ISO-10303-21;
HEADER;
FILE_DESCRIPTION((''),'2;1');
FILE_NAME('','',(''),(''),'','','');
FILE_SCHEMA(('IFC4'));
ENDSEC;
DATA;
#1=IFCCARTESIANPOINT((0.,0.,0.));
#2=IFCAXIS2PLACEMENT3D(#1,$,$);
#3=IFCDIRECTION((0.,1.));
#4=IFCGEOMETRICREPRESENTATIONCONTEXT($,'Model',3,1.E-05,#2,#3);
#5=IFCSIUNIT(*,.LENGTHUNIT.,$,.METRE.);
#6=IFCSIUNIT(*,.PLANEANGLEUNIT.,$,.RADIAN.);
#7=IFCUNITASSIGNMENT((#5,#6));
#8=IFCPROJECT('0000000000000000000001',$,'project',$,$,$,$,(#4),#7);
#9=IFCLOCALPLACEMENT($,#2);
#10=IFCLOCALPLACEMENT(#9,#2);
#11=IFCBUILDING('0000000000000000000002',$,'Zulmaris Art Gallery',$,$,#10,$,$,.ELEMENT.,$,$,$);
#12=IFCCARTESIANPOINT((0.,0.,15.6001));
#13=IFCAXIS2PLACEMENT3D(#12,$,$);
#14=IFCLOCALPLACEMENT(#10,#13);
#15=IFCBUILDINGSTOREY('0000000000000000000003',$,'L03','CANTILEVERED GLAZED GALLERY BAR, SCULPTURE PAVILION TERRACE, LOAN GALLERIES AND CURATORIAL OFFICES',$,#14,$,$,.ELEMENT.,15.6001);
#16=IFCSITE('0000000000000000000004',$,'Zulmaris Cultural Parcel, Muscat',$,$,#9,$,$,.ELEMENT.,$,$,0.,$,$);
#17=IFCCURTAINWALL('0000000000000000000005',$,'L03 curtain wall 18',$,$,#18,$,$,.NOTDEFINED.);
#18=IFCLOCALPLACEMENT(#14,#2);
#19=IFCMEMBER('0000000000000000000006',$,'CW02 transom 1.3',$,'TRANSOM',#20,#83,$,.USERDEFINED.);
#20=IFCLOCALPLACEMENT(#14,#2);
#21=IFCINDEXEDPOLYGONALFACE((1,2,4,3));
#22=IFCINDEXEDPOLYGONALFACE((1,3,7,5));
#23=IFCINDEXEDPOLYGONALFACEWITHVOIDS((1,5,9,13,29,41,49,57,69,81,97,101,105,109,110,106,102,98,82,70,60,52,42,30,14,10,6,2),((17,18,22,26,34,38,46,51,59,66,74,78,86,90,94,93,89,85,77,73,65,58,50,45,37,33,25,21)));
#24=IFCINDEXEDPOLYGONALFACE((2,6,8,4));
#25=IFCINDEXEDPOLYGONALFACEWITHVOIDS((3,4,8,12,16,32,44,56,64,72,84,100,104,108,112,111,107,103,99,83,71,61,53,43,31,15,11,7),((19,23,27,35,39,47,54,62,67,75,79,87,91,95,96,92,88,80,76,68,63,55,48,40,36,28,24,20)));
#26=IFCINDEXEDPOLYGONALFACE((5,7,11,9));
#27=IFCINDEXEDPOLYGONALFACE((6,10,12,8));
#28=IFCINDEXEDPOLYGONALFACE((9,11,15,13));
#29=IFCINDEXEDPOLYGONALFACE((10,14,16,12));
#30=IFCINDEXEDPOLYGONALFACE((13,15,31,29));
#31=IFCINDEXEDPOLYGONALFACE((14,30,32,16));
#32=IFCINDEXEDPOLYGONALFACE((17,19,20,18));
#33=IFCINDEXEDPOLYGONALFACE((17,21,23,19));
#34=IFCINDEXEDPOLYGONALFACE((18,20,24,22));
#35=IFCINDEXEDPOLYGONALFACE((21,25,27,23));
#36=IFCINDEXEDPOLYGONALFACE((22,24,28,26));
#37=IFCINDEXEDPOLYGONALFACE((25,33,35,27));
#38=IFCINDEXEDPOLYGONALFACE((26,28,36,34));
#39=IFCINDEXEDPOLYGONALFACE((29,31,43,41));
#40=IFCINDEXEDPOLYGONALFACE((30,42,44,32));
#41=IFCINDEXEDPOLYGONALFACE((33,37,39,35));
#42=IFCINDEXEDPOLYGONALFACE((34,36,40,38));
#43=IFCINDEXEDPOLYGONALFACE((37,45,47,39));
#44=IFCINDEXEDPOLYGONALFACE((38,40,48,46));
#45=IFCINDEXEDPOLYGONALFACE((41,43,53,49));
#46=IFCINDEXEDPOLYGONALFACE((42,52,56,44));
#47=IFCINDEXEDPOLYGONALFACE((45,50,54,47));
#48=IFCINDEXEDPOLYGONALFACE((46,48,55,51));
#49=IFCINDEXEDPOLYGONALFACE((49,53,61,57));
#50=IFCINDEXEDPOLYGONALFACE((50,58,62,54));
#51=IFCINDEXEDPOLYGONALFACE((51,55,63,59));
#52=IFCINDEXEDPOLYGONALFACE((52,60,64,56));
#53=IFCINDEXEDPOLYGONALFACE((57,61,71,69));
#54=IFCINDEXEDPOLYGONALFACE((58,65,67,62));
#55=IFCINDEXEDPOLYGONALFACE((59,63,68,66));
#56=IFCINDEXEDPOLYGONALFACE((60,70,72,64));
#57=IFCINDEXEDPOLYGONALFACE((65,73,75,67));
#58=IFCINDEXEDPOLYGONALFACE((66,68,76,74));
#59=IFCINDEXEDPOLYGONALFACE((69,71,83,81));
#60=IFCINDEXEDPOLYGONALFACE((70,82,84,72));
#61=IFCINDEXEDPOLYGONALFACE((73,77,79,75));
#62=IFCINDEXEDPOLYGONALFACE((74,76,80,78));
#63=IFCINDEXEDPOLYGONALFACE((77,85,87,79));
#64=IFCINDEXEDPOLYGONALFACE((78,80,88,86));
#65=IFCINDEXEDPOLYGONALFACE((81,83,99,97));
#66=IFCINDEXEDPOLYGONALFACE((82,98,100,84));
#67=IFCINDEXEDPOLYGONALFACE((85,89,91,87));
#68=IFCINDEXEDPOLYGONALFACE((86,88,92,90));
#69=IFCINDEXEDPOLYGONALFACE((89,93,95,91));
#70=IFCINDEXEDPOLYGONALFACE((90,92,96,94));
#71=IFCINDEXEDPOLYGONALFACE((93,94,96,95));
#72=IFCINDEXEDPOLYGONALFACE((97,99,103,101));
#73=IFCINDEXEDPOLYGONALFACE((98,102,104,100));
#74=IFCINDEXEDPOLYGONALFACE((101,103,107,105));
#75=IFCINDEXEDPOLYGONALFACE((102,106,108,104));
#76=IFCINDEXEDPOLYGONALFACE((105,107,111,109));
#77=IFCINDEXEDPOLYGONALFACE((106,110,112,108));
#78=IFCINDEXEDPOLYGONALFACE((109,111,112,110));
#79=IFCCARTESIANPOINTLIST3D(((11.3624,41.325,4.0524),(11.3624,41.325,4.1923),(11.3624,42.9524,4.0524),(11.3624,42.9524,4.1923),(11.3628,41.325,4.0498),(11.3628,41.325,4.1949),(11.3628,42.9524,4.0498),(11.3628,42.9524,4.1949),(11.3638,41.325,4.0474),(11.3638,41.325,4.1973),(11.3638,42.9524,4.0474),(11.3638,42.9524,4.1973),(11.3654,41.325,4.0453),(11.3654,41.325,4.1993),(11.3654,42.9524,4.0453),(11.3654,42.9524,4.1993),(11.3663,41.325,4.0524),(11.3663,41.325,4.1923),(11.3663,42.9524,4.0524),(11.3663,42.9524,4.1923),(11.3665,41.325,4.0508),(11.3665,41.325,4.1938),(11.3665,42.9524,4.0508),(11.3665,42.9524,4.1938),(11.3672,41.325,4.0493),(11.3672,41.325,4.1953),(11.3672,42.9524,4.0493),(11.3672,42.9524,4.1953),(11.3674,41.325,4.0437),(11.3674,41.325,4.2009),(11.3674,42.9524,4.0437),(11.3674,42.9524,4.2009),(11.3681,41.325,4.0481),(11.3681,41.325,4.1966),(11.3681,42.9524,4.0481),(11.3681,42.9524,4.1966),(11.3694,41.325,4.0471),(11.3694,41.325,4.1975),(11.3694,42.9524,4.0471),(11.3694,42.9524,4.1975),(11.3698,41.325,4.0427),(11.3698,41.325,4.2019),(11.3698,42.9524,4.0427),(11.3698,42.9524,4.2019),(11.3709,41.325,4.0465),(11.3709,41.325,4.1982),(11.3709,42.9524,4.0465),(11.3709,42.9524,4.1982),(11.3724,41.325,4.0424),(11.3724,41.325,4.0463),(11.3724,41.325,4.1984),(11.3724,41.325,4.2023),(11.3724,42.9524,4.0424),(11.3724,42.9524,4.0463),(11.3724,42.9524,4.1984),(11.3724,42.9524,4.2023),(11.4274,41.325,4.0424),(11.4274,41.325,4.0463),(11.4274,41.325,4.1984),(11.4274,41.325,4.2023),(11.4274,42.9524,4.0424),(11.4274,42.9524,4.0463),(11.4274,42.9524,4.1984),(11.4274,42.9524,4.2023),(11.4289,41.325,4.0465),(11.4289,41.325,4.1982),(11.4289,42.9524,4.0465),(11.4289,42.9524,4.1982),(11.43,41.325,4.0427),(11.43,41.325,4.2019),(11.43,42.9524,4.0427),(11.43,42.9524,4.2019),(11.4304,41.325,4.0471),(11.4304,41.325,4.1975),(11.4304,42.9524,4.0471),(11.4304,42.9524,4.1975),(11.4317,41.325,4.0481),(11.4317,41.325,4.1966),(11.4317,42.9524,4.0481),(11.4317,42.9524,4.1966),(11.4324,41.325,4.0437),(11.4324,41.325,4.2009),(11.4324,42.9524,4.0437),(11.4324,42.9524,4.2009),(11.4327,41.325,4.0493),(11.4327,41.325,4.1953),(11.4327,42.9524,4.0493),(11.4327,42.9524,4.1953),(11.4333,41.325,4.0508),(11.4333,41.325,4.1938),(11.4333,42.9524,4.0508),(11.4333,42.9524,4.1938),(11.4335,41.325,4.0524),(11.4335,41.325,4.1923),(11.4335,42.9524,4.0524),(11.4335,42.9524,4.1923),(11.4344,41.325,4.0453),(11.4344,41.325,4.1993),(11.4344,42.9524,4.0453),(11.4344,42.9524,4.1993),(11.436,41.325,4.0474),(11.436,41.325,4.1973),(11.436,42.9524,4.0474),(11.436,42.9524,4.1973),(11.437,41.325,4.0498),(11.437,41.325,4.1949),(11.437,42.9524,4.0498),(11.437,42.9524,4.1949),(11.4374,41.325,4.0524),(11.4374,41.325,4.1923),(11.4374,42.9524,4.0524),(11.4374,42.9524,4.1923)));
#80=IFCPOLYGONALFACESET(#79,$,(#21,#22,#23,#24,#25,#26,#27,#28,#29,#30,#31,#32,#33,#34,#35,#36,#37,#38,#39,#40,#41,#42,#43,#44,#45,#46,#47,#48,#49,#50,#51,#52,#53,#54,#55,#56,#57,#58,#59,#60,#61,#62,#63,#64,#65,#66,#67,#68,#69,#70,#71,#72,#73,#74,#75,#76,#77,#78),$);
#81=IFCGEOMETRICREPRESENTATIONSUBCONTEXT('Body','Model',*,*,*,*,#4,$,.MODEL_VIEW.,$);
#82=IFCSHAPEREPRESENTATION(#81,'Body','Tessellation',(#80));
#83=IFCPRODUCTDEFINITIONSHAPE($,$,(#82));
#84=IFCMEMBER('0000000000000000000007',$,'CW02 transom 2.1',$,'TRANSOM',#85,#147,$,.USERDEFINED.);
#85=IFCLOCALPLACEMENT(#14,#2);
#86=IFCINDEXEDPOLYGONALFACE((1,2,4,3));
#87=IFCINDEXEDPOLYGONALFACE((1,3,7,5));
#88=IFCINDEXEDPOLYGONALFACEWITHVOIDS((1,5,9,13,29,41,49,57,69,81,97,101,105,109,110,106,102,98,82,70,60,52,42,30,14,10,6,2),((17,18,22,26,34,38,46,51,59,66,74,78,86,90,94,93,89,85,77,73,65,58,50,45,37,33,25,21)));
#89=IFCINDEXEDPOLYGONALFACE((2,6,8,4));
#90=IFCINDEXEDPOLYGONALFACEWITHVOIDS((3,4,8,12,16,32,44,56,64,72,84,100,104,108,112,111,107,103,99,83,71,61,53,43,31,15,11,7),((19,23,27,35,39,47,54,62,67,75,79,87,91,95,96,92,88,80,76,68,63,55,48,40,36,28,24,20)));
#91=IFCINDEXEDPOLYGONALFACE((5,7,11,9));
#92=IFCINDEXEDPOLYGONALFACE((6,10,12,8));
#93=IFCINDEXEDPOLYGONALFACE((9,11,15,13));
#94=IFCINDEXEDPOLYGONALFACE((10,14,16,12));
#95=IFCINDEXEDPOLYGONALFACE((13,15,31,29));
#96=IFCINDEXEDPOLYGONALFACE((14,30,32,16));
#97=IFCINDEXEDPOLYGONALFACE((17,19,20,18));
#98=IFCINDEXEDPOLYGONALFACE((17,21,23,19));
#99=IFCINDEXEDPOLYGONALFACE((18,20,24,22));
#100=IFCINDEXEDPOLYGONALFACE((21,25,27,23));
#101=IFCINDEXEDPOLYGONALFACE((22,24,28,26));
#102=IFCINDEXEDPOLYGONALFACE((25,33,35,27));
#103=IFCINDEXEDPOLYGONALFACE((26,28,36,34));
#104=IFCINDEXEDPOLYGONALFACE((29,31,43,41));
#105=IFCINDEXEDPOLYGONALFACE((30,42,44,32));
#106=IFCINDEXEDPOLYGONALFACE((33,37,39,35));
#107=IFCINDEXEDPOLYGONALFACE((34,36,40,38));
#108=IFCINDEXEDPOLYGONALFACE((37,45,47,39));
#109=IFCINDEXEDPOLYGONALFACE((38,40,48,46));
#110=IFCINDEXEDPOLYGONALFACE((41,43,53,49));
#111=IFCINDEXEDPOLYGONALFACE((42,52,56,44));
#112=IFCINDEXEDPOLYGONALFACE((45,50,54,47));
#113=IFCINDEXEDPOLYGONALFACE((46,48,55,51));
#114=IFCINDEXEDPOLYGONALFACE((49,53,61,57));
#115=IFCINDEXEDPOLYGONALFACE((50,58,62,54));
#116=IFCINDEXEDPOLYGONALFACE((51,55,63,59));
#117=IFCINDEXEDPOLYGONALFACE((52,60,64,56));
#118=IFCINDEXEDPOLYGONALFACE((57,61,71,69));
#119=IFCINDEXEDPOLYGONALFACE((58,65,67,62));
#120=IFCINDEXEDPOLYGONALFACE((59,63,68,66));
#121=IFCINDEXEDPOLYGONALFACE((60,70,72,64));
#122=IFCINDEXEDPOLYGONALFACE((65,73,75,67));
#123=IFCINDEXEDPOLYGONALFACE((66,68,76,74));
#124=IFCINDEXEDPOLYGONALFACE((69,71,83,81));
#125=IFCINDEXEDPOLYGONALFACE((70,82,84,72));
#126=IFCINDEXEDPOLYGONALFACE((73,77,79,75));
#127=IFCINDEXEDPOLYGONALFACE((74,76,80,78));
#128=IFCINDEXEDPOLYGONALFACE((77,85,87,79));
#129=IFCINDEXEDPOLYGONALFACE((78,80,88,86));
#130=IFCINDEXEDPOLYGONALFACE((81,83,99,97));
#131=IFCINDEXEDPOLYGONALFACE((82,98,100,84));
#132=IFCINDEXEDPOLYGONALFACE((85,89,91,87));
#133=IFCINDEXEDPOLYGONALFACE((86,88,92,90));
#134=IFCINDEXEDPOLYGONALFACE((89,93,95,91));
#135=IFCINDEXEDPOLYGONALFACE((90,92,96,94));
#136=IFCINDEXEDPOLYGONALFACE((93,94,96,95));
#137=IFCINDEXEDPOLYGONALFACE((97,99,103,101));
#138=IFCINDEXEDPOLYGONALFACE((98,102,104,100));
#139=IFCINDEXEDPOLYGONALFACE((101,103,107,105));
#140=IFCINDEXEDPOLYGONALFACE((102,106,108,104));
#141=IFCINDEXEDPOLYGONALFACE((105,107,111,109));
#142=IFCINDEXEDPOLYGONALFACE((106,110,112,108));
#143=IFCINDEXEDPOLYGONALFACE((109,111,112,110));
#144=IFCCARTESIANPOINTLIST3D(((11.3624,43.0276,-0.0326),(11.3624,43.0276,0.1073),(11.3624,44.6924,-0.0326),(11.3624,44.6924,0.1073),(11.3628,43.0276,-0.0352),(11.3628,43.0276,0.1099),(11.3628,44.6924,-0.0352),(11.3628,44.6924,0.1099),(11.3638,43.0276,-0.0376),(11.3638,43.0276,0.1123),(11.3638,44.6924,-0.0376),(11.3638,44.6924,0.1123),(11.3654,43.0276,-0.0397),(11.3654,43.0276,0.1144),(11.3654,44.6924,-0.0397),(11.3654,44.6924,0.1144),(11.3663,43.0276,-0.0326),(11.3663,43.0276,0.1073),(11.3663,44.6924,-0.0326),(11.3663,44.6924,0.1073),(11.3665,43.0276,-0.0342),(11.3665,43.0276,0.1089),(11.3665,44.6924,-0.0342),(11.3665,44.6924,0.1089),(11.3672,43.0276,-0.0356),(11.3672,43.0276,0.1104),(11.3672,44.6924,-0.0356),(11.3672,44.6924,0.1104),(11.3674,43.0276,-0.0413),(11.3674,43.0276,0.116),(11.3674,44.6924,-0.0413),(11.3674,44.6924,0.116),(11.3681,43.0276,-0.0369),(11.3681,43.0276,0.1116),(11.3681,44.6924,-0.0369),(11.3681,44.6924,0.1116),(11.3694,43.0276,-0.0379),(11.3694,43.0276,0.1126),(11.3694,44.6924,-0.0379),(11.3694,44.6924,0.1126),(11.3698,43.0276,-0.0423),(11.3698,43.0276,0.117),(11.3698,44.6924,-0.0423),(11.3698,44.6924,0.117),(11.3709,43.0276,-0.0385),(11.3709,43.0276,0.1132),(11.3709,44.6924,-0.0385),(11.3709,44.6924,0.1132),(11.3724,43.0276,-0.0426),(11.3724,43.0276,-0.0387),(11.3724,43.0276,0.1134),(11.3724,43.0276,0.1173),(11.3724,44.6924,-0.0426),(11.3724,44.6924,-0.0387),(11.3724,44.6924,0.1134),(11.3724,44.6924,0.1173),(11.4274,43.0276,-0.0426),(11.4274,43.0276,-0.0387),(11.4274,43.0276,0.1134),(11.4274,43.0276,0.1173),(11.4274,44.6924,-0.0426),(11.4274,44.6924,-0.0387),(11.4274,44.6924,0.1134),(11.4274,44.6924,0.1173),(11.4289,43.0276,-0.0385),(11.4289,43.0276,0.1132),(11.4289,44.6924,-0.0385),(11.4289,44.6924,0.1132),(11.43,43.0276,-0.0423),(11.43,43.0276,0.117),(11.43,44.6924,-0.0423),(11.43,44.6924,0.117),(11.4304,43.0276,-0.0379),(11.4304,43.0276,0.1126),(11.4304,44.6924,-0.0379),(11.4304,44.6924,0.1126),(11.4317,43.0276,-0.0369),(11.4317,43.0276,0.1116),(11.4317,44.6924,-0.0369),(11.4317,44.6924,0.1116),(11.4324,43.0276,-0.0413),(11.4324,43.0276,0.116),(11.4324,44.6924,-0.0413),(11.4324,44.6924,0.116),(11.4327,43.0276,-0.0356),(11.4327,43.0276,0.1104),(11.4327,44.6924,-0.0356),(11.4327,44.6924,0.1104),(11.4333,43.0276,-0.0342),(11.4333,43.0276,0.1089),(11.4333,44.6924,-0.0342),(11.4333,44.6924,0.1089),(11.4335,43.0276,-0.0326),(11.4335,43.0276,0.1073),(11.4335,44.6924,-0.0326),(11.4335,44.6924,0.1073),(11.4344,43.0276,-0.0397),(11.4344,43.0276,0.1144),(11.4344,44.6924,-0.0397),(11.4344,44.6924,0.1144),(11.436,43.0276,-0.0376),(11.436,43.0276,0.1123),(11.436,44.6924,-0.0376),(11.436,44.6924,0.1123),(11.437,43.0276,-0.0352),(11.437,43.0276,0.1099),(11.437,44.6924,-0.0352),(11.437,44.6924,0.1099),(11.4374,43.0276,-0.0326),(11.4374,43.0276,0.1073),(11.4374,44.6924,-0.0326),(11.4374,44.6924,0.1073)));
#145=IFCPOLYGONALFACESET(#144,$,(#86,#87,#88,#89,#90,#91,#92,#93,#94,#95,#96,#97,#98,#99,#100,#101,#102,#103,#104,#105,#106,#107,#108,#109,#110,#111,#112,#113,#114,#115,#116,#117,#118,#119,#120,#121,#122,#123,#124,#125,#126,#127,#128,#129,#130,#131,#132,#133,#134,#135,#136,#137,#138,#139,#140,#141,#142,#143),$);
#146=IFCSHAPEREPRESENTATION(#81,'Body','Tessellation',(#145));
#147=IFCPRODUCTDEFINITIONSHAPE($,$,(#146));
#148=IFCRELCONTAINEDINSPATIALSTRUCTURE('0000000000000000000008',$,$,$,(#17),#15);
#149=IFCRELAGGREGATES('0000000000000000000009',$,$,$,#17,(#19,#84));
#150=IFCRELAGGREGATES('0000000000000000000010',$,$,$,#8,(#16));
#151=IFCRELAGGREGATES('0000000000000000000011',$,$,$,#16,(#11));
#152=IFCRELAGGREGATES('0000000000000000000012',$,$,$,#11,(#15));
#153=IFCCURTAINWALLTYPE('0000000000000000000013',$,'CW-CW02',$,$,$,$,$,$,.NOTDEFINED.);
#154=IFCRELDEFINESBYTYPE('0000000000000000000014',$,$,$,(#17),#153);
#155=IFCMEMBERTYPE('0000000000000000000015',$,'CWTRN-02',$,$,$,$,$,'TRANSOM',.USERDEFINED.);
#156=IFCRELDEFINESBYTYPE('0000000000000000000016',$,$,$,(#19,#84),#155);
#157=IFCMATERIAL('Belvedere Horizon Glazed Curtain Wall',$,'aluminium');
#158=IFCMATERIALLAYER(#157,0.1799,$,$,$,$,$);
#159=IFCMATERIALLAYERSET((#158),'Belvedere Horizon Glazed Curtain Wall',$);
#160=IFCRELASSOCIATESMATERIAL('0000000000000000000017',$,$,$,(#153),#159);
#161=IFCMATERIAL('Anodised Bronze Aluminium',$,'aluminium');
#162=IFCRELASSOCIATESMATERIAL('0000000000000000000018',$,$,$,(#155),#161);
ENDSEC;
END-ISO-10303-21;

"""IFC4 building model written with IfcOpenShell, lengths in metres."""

from ifc_helpers import new_model, si_unit, direction, frame, origin, origin_2d, place, context, subcontext, project, spatial, hollow_rectangle, extrude, material, layer, layer_set, material_profile, profile_set, type_object, element, aggregate, save


model = new_model("IFC4")

# Units and contexts
model_context = context("Model", 3, precision=1e-05, world=origin(), true_north=direction((0.0, 1.0)))
body_context = subcontext(model_context, "Body", "Model", "MODEL_VIEW")
ifc_project = project(units=[si_unit("LENGTHUNIT", "METRE"), si_unit("PLANEANGLEUNIT", "RADIAN")], contexts=[model_context])

# Site, building, storey
site_placement = place(None, origin())
site = spatial("IfcSite", under=ifc_project, at=site_placement, Name="Zulmaris Cultural Parcel, Muscat", CompositionType="ELEMENT", RefElevation=0.0)
building_placement = place(site_placement, origin())
building = spatial("IfcBuilding", under=site, at=building_placement, Name="Zulmaris Art Gallery", CompositionType="ELEMENT")
storey_placement = place(building_placement, frame((0.0, 0.0, 15.6001)))
storey = spatial("IfcBuildingStorey", under=building, at=storey_placement, Name="L03", Description="CANTILEVERED GLAZED GALLERY BAR, SCULPTURE PAVILION TERRACE, LOAN GALLERIES AND CURATORIAL OFFICES", CompositionType="ELEMENT", Elevation=15.6001)

# Curtain wall, members
ifc_material_1 = material(Name="Belvedere Horizon Glazed Curtain Wall", Category="aluminium")
ifc_layer_1 = layer(ifc_material_1, 0.1799)
ifc_layer_set_1 = layer_set([ifc_layer_1], Name="Belvedere Horizon Glazed Curtain Wall")
curtain_wall_type = type_object("IfcCurtainWallType", Name="CW-CW02", PredefinedType="NOTDEFINED", material=ifc_layer_set_1)
curtain_wall_placement = place(storey_placement, origin())
curtain_wall = element("IfcCurtainWall", 1, at=curtain_wall_placement, inside=storey, type_object=curtain_wall_type, Name="L03 curtain wall 18", PredefinedType="NOTDEFINED")
ifc_material_2 = material(Name="Anodised Bronze Aluminium", Category="aluminium")
ifc_material_profile_1 = material_profile(ifc_material_2, hollow_rectangle(XDim=0.075, YDim=0.1599, WallThickness=0.0039, InnerFilletRadius=0.0061, OuterFilletRadius=0.01, at=origin_2d()), Name="ALU 75x160x4")
ifc_profile_set_1 = profile_set([ifc_material_profile_1], Name="Anodised Bronze Aluminium")
member_type_1 = type_object("IfcMemberType", Name="CWTRN-02", ElementType="TRANSOM", PredefinedType="USERDEFINED", material=ifc_profile_set_1)
member_1_placement = place(storey_placement, frame((11.3999, 41.325, 4.1223), z_axis=(0.0, 1.0, 0.0), x_axis=(-1.0, 0.0, 0.0)))
member_1 = element("IfcMember", 2, at=member_1_placement, type_object=member_type_1, Name="CW02 transom 1.3", ObjectType="TRANSOM", PredefinedType="USERDEFINED", context=body_context, shape_type="SweptSolid", body=[
    extrude(hollow_rectangle(XDim=0.075, YDim=0.1599, WallThickness=0.0039, InnerFilletRadius=0.0061, OuterFilletRadius=0.01, at=origin_2d()), origin(), (0.0, 0.0, 1.0), 1.6274),
])
member_2_placement = place(storey_placement, frame((11.3999, 43.0276, 0.0374), z_axis=(0.0, 1.0, 0.0), x_axis=(-1.0, 0.0, 0.0)))
member_2 = element("IfcMember", 3, at=member_2_placement, type_object=member_type_1, Name="CW02 transom 2.1", ObjectType="TRANSOM", PredefinedType="USERDEFINED", context=body_context, shape_type="SweptSolid", body=[
    extrude(hollow_rectangle(XDim=0.075, YDim=0.1599, WallThickness=0.0039, InnerFilletRadius=0.0061, OuterFilletRadius=0.01, at=origin_2d()), origin(), (0.0, 0.0, 1.0), 1.6648),
])
aggregate(curtain_wall, [member_1, member_2])

save(model, "model.ifc")
